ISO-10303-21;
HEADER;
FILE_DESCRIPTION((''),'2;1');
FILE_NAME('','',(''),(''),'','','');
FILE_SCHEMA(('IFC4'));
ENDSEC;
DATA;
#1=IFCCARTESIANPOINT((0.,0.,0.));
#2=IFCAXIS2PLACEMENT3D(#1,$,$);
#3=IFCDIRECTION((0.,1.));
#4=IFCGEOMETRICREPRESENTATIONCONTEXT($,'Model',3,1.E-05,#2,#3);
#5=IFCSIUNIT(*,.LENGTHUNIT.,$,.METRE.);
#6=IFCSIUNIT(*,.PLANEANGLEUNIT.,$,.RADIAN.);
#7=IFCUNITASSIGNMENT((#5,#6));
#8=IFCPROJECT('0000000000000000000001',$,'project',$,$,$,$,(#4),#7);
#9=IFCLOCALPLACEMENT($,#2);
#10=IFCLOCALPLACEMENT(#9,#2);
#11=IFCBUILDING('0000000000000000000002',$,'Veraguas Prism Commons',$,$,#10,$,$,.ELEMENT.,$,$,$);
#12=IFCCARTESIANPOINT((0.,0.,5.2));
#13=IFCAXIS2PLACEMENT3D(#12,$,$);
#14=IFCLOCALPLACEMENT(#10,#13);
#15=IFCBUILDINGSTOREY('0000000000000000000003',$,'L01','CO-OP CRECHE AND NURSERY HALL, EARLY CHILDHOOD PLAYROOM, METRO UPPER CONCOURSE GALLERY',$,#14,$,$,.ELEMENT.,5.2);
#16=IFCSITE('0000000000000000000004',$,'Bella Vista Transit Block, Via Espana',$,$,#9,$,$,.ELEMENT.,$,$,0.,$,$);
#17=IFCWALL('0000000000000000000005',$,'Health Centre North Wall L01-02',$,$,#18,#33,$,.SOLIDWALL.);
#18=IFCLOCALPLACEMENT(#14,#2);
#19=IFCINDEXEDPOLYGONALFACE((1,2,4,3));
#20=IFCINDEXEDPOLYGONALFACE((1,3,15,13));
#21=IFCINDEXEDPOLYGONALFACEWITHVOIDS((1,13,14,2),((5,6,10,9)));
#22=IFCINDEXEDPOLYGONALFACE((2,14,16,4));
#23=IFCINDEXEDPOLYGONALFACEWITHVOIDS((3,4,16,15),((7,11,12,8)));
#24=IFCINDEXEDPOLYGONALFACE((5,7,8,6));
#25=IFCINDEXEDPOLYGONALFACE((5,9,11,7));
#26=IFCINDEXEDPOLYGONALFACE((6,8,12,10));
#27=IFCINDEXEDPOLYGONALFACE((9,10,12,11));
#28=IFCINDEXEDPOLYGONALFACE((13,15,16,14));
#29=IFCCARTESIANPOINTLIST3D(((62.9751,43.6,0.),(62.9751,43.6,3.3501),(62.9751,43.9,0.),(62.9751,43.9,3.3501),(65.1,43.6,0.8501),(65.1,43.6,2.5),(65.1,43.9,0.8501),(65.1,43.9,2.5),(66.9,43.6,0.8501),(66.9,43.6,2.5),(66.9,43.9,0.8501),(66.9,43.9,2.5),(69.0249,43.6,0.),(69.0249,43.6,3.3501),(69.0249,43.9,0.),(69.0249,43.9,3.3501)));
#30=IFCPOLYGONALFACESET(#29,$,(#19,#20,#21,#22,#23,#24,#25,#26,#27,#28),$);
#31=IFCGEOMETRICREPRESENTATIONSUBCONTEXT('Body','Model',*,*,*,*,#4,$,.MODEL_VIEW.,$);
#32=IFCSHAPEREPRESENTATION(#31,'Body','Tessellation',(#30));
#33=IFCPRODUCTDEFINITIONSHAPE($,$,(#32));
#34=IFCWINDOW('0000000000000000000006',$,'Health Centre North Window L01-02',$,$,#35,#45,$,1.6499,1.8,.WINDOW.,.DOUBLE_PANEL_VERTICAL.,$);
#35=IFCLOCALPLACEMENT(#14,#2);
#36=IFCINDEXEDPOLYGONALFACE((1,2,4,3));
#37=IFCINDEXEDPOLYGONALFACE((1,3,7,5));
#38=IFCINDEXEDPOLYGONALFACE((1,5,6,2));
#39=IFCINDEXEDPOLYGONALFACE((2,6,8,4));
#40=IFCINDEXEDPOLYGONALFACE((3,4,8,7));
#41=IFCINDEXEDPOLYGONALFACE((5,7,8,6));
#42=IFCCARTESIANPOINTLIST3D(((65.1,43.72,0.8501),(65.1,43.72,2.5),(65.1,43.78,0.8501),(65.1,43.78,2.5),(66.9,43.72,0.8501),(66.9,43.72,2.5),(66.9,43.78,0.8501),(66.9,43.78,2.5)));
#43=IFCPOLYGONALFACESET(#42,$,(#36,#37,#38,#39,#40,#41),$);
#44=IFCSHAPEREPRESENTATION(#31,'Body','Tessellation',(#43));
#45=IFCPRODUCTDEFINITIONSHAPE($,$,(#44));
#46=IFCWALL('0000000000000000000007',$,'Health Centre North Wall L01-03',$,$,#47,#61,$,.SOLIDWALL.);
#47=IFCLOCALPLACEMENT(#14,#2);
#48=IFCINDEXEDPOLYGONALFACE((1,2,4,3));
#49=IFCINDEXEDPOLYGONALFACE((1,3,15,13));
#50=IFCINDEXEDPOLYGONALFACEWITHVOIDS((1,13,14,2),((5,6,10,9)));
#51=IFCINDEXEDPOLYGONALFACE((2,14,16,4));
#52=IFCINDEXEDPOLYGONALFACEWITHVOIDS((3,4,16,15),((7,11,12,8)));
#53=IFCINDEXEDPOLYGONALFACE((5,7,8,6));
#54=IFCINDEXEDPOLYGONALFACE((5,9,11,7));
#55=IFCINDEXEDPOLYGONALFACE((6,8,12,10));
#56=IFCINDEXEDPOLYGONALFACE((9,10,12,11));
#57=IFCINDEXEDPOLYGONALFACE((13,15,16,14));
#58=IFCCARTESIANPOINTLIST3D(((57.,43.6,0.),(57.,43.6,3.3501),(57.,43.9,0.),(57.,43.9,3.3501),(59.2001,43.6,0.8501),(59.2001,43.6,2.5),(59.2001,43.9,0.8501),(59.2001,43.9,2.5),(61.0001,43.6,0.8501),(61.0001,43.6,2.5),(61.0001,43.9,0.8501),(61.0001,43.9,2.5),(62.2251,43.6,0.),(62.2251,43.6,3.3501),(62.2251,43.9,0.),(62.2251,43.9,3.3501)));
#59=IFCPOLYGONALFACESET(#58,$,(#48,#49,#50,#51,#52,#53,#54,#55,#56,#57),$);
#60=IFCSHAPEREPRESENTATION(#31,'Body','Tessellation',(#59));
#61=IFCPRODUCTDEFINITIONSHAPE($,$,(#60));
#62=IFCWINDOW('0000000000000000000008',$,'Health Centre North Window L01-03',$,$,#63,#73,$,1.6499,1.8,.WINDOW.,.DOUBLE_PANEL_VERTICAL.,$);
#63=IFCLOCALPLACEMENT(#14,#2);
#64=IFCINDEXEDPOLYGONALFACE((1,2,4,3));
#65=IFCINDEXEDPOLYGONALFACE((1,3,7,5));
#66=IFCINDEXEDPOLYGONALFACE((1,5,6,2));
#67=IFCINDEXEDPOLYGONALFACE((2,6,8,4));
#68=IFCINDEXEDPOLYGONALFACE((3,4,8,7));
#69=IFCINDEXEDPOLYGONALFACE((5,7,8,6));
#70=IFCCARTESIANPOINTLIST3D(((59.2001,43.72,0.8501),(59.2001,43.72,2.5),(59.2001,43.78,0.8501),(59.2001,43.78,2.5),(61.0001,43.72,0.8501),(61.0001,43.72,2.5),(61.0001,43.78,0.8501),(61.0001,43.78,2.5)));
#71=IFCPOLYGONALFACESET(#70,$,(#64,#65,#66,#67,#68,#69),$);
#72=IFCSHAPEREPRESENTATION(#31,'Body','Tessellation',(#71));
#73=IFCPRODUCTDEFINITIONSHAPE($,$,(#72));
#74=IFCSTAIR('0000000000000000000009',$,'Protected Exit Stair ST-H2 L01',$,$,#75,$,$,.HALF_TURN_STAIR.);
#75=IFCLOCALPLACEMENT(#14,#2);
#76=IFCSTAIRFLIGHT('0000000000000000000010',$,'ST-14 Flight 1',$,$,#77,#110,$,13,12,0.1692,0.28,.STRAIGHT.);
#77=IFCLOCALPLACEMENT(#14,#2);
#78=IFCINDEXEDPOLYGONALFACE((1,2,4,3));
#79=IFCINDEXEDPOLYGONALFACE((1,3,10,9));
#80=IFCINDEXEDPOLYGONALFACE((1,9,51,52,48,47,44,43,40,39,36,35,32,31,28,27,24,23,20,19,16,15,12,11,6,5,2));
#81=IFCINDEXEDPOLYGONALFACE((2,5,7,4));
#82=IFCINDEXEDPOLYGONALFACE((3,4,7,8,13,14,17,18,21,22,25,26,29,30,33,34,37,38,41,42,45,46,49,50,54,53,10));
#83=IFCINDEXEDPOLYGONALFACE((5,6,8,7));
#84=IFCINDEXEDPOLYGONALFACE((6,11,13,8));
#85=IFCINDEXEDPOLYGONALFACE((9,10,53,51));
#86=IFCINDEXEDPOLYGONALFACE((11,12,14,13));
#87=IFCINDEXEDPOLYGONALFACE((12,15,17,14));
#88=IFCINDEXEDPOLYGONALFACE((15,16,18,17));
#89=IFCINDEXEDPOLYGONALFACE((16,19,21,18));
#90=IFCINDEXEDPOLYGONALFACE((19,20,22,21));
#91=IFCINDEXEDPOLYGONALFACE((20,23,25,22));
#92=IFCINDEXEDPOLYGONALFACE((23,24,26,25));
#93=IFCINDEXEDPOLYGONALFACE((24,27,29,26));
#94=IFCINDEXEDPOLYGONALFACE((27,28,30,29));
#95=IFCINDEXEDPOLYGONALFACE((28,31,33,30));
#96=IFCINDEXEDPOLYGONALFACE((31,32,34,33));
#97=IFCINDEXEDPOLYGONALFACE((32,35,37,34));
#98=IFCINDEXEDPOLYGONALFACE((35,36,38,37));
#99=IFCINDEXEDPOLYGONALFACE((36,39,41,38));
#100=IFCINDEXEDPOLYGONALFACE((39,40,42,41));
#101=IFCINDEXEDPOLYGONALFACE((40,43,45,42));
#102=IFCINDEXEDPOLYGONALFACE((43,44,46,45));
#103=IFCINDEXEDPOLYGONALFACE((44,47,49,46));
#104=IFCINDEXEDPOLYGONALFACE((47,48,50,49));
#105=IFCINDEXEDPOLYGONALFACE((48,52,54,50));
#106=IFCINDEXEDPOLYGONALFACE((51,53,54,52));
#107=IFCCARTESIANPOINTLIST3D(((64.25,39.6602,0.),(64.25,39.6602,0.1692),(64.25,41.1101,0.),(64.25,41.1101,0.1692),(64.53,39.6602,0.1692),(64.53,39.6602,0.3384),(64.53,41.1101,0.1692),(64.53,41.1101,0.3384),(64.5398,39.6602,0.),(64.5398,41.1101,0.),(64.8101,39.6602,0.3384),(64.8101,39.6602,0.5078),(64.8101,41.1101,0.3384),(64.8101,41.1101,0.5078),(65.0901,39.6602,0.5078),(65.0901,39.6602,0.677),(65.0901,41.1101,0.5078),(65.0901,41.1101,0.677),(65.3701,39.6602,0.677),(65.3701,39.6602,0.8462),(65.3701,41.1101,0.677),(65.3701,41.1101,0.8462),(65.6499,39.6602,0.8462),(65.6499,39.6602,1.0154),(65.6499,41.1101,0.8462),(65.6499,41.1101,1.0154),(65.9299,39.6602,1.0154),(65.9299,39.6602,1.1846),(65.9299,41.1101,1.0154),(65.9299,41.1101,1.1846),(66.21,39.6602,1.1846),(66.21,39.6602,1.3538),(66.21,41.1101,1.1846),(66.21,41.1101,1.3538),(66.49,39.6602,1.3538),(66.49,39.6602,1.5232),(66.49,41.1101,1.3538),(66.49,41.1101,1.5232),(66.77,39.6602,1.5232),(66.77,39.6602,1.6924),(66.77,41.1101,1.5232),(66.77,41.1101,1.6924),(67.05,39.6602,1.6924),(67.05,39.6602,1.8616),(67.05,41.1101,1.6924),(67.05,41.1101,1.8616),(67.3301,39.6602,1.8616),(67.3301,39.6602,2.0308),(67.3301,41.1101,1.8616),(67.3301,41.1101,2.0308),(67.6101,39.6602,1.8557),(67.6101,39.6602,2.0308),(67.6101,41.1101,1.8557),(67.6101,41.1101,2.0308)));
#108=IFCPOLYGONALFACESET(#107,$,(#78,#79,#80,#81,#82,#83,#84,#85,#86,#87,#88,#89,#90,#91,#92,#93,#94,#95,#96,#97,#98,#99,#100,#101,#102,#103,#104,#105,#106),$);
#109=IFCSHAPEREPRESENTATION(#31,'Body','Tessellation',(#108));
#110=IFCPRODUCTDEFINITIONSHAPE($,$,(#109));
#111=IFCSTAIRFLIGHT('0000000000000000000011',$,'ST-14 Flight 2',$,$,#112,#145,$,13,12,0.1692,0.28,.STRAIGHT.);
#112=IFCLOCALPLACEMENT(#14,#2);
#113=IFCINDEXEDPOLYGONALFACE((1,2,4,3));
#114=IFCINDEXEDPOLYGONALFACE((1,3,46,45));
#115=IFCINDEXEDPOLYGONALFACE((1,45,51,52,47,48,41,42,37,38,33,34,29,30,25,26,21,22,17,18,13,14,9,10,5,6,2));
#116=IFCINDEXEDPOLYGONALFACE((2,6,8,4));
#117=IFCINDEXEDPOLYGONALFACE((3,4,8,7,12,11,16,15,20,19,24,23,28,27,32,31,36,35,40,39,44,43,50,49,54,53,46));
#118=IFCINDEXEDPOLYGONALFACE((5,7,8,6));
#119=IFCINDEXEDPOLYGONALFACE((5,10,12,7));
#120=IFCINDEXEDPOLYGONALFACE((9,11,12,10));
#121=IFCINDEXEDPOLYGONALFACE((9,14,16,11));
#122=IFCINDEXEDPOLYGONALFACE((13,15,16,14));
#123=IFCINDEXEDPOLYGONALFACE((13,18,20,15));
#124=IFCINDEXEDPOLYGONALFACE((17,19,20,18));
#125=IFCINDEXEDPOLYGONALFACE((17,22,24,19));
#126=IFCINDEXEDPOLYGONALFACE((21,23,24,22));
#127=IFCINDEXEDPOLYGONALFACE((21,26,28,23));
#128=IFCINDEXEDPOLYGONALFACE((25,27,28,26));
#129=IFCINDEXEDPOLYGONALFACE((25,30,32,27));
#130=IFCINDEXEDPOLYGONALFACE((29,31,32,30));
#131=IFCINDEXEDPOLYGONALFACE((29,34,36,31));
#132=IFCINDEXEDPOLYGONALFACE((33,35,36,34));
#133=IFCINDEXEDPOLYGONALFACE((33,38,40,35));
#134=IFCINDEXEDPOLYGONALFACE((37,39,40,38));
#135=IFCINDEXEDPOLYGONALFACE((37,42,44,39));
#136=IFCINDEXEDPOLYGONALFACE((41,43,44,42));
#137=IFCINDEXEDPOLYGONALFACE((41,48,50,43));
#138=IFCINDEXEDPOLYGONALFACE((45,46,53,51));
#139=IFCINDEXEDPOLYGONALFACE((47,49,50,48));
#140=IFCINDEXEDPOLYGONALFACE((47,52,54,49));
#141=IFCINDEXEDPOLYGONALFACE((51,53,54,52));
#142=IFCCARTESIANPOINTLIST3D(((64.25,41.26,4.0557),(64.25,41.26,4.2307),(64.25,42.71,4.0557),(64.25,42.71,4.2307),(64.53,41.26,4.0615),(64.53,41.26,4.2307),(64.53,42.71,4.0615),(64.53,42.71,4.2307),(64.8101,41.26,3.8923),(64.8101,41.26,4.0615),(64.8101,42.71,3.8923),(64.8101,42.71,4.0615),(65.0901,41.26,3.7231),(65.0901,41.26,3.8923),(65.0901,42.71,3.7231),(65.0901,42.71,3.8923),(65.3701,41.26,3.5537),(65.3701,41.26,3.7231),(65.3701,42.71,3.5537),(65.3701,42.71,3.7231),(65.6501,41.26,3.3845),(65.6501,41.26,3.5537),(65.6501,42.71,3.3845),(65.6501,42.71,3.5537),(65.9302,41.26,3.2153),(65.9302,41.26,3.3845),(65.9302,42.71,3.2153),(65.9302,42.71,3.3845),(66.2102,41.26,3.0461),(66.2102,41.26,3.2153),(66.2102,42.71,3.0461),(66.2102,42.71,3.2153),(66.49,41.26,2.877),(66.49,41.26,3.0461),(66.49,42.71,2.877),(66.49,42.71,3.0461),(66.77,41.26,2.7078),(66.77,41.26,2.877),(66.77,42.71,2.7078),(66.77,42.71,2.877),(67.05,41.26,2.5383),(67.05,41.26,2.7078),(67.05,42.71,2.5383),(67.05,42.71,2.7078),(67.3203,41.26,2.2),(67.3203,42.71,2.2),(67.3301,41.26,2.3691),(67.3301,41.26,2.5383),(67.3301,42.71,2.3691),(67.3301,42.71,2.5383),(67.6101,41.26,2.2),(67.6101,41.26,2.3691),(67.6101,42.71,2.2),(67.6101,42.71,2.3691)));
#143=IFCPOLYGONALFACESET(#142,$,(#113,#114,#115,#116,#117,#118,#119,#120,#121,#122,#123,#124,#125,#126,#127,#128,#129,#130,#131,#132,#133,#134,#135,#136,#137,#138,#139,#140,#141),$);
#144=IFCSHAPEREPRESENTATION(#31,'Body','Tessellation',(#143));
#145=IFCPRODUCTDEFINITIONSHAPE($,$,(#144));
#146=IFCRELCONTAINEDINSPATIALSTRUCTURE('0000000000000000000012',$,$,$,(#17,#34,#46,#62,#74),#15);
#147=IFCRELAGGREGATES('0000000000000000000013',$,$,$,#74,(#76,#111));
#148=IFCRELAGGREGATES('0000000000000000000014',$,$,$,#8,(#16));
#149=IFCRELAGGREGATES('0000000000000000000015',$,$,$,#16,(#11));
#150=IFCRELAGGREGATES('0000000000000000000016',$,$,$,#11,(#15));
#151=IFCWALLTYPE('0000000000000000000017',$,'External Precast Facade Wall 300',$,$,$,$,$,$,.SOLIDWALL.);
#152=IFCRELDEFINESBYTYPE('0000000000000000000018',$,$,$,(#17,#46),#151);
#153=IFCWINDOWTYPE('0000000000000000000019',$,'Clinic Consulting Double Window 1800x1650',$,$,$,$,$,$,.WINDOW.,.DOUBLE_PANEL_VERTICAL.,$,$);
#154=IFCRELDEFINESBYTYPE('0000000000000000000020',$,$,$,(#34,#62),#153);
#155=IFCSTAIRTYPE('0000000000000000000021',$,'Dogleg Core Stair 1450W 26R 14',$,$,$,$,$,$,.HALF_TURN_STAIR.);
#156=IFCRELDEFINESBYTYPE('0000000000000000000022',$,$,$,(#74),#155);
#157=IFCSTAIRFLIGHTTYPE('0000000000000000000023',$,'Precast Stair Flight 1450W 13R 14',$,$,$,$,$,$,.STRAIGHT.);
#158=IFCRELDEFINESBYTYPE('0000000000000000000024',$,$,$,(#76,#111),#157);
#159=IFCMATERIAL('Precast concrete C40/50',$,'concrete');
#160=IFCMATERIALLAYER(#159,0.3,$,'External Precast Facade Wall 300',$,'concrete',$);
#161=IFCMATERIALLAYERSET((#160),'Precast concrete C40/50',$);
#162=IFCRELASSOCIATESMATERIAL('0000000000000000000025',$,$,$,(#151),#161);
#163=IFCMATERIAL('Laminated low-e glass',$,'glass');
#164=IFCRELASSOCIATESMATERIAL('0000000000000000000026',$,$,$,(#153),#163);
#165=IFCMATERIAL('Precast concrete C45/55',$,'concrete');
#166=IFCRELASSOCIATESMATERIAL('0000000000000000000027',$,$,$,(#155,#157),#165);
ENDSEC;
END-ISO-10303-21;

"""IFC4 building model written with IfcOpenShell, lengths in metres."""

from ifc_helpers import new_model, si_unit, direction, frame, frame_2d, origin, place, context, subcontext, project, spatial, polyline, rectangle, outline, extrude, source, transform, mapped, material, layer, layer_set, type_object, element, fill, aggregate, save


model = new_model("IFC4")

# Units and contexts
model_context = context("Model", 3, precision=1e-05, world=origin(), true_north=direction((0.0, 1.0)))
body_context = subcontext(model_context, "Body", "Model", "MODEL_VIEW")
ifc_project = project(units=[si_unit("LENGTHUNIT", "METRE"), si_unit("PLANEANGLEUNIT", "RADIAN")], contexts=[model_context])

# Site, building, storey
site_placement = place(None, origin())
site = spatial("IfcSite", under=ifc_project, at=site_placement, Name="Bella Vista Transit Block, Via Espana", CompositionType="ELEMENT", RefElevation=0.0)
building_placement = place(site_placement, origin())
building = spatial("IfcBuilding", under=site, at=building_placement, Name="Veraguas Prism Commons", CompositionType="ELEMENT")
storey_placement = place(building_placement, frame((0.0, 0.0, 5.2)))
storey = spatial("IfcBuildingStorey", under=building, at=storey_placement, Name="L01", Description="CO-OP CRECHE AND NURSERY HALL, EARLY CHILDHOOD PLAYROOM, METRO UPPER CONCOURSE GALLERY", CompositionType="ELEMENT", Elevation=5.2)

# Walls, openings, windows
ifc_material_1 = material(Name="Precast concrete C40/50", Category="concrete")
ifc_layer_1 = layer(ifc_material_1, 0.3, Name="External Precast Facade Wall 300", Category="concrete")
ifc_layer_set_1 = layer_set([ifc_layer_1], Name="Precast concrete C40/50")
wall_type_1 = type_object("IfcWallType", Name="External Precast Facade Wall 300", PredefinedType="SOLIDWALL", material=ifc_layer_set_1)
ifc_material_2 = material(Name="Laminated low-e glass", Category="glass")
window_type = type_object("IfcWindowType", Name="Clinic Consulting Double Window 1800x1650", PartitioningType="DOUBLE_PANEL_VERTICAL", PredefinedType="WINDOW", material=ifc_material_2)
shared_shape_1 = source(origin(), body_context, "Body", "SweptSolid", [
    extrude(rectangle(XDim=1.8, YDim=1.6499, at=frame_2d((0.8999, 0.825))), frame((0.0, 0.03, 0.0), z_axis=(0.0, -1.0, 0.0), x_axis=(1.0, 0.0, 0.0)), (0.0, 0.0, 1.0), 0.0601),
])
wall_1_placement = place(storey_placement, frame((69.0249, 43.75, 0.0), z_axis=(0.0, 0.0, 1.0), x_axis=(-1.0, 0.0, 0.0)))
wall_1 = element("IfcWall", 1, at=wall_1_placement, inside=storey, type_object=wall_type_1, Name="Health Centre North Wall L01-02", PredefinedType="SOLIDWALL", context=body_context, shape_type="SweptSolid", body=[
    extrude(rectangle(XDim=6.0498, YDim=0.3, at=frame_2d((3.0249, 0.0))), origin(), (0.0, 0.0, 1.0), 3.3501),
])
opening_1_placement = place(wall_1_placement, frame((2.125, 0.0, 0.8501)))
opening_1 = element("IfcOpeningElement", 2, at=opening_1_placement, cuts=wall_1, PredefinedType="OPENING", context=body_context, shape_type="SweptSolid", body=[
    extrude(rectangle(XDim=1.8, YDim=1.6499, at=frame_2d((0.8999, 0.825))), frame((0.0, 0.1599, 0.0), z_axis=(0.0, -1.0, 0.0), x_axis=(1.0, 0.0, 0.0)), (0.0, 0.0, 1.0), 0.3201),
])
window_1_placement = place(opening_1_placement, origin())
window_1 = element("IfcWindow", 3, at=window_1_placement, inside=storey, type_object=window_type, Name="Health Centre North Window L01-02", OverallHeight=1.6499, OverallWidth=1.8, PartitioningType="DOUBLE_PANEL_VERTICAL", PredefinedType="WINDOW", context=body_context, shape_type="MappedRepresentation", body=[
    mapped(shared_shape_1, transform((0.0, 0.0, 0.0), scale=1.0)),
])
fill(opening_1, window_1)
wall_2_placement = place(storey_placement, frame((62.2251, 43.75, 0.0), z_axis=(0.0, 0.0, 1.0), x_axis=(-1.0, 0.0, 0.0)))
wall_2 = element("IfcWall", 4, at=wall_2_placement, inside=storey, type_object=wall_type_1, Name="Health Centre North Wall L01-03", PredefinedType="SOLIDWALL", context=body_context, shape_type="SweptSolid", body=[
    extrude(rectangle(XDim=5.2251, YDim=0.3, at=frame_2d((2.6125, 0.0))), origin(), (0.0, 0.0, 1.0), 3.3501),
])
opening_2_placement = place(wall_2_placement, frame((1.2251, 0.0, 0.8501)))
opening_2 = element("IfcOpeningElement", 5, at=opening_2_placement, cuts=wall_2, PredefinedType="OPENING", context=body_context, shape_type="SweptSolid", body=[
    extrude(rectangle(XDim=1.8, YDim=1.6499, at=frame_2d((0.8999, 0.825))), frame((0.0, 0.1599, 0.0), z_axis=(0.0, -1.0, 0.0), x_axis=(1.0, 0.0, 0.0)), (0.0, 0.0, 1.0), 0.3201),
])
window_2_placement = place(opening_2_placement, origin())
window_2 = element("IfcWindow", 6, at=window_2_placement, inside=storey, type_object=window_type, Name="Health Centre North Window L01-03", OverallHeight=1.6499, OverallWidth=1.8, PartitioningType="DOUBLE_PANEL_VERTICAL", PredefinedType="WINDOW", context=body_context, shape_type="MappedRepresentation", body=[
    mapped(shared_shape_1, transform((0.0, 0.0, 0.0), scale=1.0)),
])
fill(opening_2, window_2)

# Stair, stair flights
ifc_material_3 = material(Name="Precast concrete C45/55", Category="concrete")
stair_type = type_object("IfcStairType", Name="Dogleg Core Stair 1450W 26R 14", PredefinedType="HALF_TURN_STAIR", material=ifc_material_3)
stair_placement = place(storey_placement, origin())
stair = element("IfcStair", 7, at=stair_placement, inside=storey, type_object=stair_type, Name="Protected Exit Stair ST-H2 L01", PredefinedType="HALF_TURN_STAIR")
stair_flight_type = type_object("IfcStairFlightType", Name="Precast Stair Flight 1450W 13R 14", PredefinedType="STRAIGHT", material=ifc_material_3)
stair_flight_1_placement = place(storey_placement, frame((64.25, 40.385, 0.0), z_axis=(0.0, 0.0, 1.0), x_axis=(1.0, 0.0, 0.0)))
stair_flight_1 = element("IfcStairFlight", 8, at=stair_flight_1_placement, type_object=stair_flight_type, Name="ST-14 Flight 1", NumberOfRisers=13, NumberOfTreads=12, PredefinedType="STRAIGHT", RiserHeight=0.1692, TreadLength=0.28, context=body_context, shape_type="SweptSolid", body=[
    extrude(outline(polyline([(0.0, 0.0), (0.0, 0.1692), (0.28, 0.1692), (0.28, 0.3384), (0.5601, 0.3384), (0.5601, 0.5078), (0.8401, 0.5078), (0.8401, 0.677), (1.1201, 0.677), (1.1201, 0.8462), (1.3999, 0.8462), (1.3999, 1.0154), (1.6799, 1.0154), (1.6799, 1.1846), (1.96, 1.1846), (1.96, 1.3538), (2.24, 1.3538), (2.24, 1.5232), (2.52, 1.5232), (2.52, 1.6924), (2.8, 1.6924), (2.8, 1.8616), (3.0801, 1.8616), (3.0801, 2.0308), (3.3601, 2.0308), (3.3601, 2.2), (3.3601, 1.8557), (0.2898, 0.0), (0.0, 0.0)])), frame((0.0, 0.7251, 0.0), z_axis=(0.0, -1.0, 0.0), x_axis=(1.0, 0.0, 0.0)), (0.0, 0.0, 1.0), 1.45),
])
stair_flight_2_placement = place(storey_placement, frame((67.6101, 41.9851, 2.2), z_axis=(0.0, 0.0, 1.0), x_axis=(-1.0, 0.0, 0.0)))
stair_flight_2 = element("IfcStairFlight", 9, at=stair_flight_2_placement, type_object=stair_flight_type, Name="ST-14 Flight 2", NumberOfRisers=13, NumberOfTreads=12, PredefinedType="STRAIGHT", RiserHeight=0.1692, TreadLength=0.28, context=body_context, shape_type="SweptSolid", body=[
    extrude(outline(polyline([(0.0, 0.0), (0.0, 0.1692), (0.28, 0.1692), (0.28, 0.3384), (0.5601, 0.3384), (0.5601, 0.5078), (0.8401, 0.5078), (0.8401, 0.677), (1.1201, 0.677), (1.1201, 0.8462), (1.3999, 0.8462), (1.3999, 1.0154), (1.6799, 1.0154), (1.6799, 1.1846), (1.96, 1.1846), (1.96, 1.3538), (2.24, 1.3538), (2.24, 1.5232), (2.52, 1.5232), (2.52, 1.6924), (2.8, 1.6924), (2.8, 1.8616), (3.0801, 1.8616), (3.0801, 2.0308), (3.3601, 2.0308), (3.3601, 2.2), (3.3601, 1.8557), (0.2898, 0.0), (0.0, 0.0)])), frame((0.0, 0.7251, 0.0), z_axis=(0.0, -1.0, 0.0), x_axis=(1.0, 0.0, 0.0)), (0.0, 0.0, 1.0), 1.45),
])
aggregate(stair, [stair_flight_1, stair_flight_2])

save(model, "model.ifc")
